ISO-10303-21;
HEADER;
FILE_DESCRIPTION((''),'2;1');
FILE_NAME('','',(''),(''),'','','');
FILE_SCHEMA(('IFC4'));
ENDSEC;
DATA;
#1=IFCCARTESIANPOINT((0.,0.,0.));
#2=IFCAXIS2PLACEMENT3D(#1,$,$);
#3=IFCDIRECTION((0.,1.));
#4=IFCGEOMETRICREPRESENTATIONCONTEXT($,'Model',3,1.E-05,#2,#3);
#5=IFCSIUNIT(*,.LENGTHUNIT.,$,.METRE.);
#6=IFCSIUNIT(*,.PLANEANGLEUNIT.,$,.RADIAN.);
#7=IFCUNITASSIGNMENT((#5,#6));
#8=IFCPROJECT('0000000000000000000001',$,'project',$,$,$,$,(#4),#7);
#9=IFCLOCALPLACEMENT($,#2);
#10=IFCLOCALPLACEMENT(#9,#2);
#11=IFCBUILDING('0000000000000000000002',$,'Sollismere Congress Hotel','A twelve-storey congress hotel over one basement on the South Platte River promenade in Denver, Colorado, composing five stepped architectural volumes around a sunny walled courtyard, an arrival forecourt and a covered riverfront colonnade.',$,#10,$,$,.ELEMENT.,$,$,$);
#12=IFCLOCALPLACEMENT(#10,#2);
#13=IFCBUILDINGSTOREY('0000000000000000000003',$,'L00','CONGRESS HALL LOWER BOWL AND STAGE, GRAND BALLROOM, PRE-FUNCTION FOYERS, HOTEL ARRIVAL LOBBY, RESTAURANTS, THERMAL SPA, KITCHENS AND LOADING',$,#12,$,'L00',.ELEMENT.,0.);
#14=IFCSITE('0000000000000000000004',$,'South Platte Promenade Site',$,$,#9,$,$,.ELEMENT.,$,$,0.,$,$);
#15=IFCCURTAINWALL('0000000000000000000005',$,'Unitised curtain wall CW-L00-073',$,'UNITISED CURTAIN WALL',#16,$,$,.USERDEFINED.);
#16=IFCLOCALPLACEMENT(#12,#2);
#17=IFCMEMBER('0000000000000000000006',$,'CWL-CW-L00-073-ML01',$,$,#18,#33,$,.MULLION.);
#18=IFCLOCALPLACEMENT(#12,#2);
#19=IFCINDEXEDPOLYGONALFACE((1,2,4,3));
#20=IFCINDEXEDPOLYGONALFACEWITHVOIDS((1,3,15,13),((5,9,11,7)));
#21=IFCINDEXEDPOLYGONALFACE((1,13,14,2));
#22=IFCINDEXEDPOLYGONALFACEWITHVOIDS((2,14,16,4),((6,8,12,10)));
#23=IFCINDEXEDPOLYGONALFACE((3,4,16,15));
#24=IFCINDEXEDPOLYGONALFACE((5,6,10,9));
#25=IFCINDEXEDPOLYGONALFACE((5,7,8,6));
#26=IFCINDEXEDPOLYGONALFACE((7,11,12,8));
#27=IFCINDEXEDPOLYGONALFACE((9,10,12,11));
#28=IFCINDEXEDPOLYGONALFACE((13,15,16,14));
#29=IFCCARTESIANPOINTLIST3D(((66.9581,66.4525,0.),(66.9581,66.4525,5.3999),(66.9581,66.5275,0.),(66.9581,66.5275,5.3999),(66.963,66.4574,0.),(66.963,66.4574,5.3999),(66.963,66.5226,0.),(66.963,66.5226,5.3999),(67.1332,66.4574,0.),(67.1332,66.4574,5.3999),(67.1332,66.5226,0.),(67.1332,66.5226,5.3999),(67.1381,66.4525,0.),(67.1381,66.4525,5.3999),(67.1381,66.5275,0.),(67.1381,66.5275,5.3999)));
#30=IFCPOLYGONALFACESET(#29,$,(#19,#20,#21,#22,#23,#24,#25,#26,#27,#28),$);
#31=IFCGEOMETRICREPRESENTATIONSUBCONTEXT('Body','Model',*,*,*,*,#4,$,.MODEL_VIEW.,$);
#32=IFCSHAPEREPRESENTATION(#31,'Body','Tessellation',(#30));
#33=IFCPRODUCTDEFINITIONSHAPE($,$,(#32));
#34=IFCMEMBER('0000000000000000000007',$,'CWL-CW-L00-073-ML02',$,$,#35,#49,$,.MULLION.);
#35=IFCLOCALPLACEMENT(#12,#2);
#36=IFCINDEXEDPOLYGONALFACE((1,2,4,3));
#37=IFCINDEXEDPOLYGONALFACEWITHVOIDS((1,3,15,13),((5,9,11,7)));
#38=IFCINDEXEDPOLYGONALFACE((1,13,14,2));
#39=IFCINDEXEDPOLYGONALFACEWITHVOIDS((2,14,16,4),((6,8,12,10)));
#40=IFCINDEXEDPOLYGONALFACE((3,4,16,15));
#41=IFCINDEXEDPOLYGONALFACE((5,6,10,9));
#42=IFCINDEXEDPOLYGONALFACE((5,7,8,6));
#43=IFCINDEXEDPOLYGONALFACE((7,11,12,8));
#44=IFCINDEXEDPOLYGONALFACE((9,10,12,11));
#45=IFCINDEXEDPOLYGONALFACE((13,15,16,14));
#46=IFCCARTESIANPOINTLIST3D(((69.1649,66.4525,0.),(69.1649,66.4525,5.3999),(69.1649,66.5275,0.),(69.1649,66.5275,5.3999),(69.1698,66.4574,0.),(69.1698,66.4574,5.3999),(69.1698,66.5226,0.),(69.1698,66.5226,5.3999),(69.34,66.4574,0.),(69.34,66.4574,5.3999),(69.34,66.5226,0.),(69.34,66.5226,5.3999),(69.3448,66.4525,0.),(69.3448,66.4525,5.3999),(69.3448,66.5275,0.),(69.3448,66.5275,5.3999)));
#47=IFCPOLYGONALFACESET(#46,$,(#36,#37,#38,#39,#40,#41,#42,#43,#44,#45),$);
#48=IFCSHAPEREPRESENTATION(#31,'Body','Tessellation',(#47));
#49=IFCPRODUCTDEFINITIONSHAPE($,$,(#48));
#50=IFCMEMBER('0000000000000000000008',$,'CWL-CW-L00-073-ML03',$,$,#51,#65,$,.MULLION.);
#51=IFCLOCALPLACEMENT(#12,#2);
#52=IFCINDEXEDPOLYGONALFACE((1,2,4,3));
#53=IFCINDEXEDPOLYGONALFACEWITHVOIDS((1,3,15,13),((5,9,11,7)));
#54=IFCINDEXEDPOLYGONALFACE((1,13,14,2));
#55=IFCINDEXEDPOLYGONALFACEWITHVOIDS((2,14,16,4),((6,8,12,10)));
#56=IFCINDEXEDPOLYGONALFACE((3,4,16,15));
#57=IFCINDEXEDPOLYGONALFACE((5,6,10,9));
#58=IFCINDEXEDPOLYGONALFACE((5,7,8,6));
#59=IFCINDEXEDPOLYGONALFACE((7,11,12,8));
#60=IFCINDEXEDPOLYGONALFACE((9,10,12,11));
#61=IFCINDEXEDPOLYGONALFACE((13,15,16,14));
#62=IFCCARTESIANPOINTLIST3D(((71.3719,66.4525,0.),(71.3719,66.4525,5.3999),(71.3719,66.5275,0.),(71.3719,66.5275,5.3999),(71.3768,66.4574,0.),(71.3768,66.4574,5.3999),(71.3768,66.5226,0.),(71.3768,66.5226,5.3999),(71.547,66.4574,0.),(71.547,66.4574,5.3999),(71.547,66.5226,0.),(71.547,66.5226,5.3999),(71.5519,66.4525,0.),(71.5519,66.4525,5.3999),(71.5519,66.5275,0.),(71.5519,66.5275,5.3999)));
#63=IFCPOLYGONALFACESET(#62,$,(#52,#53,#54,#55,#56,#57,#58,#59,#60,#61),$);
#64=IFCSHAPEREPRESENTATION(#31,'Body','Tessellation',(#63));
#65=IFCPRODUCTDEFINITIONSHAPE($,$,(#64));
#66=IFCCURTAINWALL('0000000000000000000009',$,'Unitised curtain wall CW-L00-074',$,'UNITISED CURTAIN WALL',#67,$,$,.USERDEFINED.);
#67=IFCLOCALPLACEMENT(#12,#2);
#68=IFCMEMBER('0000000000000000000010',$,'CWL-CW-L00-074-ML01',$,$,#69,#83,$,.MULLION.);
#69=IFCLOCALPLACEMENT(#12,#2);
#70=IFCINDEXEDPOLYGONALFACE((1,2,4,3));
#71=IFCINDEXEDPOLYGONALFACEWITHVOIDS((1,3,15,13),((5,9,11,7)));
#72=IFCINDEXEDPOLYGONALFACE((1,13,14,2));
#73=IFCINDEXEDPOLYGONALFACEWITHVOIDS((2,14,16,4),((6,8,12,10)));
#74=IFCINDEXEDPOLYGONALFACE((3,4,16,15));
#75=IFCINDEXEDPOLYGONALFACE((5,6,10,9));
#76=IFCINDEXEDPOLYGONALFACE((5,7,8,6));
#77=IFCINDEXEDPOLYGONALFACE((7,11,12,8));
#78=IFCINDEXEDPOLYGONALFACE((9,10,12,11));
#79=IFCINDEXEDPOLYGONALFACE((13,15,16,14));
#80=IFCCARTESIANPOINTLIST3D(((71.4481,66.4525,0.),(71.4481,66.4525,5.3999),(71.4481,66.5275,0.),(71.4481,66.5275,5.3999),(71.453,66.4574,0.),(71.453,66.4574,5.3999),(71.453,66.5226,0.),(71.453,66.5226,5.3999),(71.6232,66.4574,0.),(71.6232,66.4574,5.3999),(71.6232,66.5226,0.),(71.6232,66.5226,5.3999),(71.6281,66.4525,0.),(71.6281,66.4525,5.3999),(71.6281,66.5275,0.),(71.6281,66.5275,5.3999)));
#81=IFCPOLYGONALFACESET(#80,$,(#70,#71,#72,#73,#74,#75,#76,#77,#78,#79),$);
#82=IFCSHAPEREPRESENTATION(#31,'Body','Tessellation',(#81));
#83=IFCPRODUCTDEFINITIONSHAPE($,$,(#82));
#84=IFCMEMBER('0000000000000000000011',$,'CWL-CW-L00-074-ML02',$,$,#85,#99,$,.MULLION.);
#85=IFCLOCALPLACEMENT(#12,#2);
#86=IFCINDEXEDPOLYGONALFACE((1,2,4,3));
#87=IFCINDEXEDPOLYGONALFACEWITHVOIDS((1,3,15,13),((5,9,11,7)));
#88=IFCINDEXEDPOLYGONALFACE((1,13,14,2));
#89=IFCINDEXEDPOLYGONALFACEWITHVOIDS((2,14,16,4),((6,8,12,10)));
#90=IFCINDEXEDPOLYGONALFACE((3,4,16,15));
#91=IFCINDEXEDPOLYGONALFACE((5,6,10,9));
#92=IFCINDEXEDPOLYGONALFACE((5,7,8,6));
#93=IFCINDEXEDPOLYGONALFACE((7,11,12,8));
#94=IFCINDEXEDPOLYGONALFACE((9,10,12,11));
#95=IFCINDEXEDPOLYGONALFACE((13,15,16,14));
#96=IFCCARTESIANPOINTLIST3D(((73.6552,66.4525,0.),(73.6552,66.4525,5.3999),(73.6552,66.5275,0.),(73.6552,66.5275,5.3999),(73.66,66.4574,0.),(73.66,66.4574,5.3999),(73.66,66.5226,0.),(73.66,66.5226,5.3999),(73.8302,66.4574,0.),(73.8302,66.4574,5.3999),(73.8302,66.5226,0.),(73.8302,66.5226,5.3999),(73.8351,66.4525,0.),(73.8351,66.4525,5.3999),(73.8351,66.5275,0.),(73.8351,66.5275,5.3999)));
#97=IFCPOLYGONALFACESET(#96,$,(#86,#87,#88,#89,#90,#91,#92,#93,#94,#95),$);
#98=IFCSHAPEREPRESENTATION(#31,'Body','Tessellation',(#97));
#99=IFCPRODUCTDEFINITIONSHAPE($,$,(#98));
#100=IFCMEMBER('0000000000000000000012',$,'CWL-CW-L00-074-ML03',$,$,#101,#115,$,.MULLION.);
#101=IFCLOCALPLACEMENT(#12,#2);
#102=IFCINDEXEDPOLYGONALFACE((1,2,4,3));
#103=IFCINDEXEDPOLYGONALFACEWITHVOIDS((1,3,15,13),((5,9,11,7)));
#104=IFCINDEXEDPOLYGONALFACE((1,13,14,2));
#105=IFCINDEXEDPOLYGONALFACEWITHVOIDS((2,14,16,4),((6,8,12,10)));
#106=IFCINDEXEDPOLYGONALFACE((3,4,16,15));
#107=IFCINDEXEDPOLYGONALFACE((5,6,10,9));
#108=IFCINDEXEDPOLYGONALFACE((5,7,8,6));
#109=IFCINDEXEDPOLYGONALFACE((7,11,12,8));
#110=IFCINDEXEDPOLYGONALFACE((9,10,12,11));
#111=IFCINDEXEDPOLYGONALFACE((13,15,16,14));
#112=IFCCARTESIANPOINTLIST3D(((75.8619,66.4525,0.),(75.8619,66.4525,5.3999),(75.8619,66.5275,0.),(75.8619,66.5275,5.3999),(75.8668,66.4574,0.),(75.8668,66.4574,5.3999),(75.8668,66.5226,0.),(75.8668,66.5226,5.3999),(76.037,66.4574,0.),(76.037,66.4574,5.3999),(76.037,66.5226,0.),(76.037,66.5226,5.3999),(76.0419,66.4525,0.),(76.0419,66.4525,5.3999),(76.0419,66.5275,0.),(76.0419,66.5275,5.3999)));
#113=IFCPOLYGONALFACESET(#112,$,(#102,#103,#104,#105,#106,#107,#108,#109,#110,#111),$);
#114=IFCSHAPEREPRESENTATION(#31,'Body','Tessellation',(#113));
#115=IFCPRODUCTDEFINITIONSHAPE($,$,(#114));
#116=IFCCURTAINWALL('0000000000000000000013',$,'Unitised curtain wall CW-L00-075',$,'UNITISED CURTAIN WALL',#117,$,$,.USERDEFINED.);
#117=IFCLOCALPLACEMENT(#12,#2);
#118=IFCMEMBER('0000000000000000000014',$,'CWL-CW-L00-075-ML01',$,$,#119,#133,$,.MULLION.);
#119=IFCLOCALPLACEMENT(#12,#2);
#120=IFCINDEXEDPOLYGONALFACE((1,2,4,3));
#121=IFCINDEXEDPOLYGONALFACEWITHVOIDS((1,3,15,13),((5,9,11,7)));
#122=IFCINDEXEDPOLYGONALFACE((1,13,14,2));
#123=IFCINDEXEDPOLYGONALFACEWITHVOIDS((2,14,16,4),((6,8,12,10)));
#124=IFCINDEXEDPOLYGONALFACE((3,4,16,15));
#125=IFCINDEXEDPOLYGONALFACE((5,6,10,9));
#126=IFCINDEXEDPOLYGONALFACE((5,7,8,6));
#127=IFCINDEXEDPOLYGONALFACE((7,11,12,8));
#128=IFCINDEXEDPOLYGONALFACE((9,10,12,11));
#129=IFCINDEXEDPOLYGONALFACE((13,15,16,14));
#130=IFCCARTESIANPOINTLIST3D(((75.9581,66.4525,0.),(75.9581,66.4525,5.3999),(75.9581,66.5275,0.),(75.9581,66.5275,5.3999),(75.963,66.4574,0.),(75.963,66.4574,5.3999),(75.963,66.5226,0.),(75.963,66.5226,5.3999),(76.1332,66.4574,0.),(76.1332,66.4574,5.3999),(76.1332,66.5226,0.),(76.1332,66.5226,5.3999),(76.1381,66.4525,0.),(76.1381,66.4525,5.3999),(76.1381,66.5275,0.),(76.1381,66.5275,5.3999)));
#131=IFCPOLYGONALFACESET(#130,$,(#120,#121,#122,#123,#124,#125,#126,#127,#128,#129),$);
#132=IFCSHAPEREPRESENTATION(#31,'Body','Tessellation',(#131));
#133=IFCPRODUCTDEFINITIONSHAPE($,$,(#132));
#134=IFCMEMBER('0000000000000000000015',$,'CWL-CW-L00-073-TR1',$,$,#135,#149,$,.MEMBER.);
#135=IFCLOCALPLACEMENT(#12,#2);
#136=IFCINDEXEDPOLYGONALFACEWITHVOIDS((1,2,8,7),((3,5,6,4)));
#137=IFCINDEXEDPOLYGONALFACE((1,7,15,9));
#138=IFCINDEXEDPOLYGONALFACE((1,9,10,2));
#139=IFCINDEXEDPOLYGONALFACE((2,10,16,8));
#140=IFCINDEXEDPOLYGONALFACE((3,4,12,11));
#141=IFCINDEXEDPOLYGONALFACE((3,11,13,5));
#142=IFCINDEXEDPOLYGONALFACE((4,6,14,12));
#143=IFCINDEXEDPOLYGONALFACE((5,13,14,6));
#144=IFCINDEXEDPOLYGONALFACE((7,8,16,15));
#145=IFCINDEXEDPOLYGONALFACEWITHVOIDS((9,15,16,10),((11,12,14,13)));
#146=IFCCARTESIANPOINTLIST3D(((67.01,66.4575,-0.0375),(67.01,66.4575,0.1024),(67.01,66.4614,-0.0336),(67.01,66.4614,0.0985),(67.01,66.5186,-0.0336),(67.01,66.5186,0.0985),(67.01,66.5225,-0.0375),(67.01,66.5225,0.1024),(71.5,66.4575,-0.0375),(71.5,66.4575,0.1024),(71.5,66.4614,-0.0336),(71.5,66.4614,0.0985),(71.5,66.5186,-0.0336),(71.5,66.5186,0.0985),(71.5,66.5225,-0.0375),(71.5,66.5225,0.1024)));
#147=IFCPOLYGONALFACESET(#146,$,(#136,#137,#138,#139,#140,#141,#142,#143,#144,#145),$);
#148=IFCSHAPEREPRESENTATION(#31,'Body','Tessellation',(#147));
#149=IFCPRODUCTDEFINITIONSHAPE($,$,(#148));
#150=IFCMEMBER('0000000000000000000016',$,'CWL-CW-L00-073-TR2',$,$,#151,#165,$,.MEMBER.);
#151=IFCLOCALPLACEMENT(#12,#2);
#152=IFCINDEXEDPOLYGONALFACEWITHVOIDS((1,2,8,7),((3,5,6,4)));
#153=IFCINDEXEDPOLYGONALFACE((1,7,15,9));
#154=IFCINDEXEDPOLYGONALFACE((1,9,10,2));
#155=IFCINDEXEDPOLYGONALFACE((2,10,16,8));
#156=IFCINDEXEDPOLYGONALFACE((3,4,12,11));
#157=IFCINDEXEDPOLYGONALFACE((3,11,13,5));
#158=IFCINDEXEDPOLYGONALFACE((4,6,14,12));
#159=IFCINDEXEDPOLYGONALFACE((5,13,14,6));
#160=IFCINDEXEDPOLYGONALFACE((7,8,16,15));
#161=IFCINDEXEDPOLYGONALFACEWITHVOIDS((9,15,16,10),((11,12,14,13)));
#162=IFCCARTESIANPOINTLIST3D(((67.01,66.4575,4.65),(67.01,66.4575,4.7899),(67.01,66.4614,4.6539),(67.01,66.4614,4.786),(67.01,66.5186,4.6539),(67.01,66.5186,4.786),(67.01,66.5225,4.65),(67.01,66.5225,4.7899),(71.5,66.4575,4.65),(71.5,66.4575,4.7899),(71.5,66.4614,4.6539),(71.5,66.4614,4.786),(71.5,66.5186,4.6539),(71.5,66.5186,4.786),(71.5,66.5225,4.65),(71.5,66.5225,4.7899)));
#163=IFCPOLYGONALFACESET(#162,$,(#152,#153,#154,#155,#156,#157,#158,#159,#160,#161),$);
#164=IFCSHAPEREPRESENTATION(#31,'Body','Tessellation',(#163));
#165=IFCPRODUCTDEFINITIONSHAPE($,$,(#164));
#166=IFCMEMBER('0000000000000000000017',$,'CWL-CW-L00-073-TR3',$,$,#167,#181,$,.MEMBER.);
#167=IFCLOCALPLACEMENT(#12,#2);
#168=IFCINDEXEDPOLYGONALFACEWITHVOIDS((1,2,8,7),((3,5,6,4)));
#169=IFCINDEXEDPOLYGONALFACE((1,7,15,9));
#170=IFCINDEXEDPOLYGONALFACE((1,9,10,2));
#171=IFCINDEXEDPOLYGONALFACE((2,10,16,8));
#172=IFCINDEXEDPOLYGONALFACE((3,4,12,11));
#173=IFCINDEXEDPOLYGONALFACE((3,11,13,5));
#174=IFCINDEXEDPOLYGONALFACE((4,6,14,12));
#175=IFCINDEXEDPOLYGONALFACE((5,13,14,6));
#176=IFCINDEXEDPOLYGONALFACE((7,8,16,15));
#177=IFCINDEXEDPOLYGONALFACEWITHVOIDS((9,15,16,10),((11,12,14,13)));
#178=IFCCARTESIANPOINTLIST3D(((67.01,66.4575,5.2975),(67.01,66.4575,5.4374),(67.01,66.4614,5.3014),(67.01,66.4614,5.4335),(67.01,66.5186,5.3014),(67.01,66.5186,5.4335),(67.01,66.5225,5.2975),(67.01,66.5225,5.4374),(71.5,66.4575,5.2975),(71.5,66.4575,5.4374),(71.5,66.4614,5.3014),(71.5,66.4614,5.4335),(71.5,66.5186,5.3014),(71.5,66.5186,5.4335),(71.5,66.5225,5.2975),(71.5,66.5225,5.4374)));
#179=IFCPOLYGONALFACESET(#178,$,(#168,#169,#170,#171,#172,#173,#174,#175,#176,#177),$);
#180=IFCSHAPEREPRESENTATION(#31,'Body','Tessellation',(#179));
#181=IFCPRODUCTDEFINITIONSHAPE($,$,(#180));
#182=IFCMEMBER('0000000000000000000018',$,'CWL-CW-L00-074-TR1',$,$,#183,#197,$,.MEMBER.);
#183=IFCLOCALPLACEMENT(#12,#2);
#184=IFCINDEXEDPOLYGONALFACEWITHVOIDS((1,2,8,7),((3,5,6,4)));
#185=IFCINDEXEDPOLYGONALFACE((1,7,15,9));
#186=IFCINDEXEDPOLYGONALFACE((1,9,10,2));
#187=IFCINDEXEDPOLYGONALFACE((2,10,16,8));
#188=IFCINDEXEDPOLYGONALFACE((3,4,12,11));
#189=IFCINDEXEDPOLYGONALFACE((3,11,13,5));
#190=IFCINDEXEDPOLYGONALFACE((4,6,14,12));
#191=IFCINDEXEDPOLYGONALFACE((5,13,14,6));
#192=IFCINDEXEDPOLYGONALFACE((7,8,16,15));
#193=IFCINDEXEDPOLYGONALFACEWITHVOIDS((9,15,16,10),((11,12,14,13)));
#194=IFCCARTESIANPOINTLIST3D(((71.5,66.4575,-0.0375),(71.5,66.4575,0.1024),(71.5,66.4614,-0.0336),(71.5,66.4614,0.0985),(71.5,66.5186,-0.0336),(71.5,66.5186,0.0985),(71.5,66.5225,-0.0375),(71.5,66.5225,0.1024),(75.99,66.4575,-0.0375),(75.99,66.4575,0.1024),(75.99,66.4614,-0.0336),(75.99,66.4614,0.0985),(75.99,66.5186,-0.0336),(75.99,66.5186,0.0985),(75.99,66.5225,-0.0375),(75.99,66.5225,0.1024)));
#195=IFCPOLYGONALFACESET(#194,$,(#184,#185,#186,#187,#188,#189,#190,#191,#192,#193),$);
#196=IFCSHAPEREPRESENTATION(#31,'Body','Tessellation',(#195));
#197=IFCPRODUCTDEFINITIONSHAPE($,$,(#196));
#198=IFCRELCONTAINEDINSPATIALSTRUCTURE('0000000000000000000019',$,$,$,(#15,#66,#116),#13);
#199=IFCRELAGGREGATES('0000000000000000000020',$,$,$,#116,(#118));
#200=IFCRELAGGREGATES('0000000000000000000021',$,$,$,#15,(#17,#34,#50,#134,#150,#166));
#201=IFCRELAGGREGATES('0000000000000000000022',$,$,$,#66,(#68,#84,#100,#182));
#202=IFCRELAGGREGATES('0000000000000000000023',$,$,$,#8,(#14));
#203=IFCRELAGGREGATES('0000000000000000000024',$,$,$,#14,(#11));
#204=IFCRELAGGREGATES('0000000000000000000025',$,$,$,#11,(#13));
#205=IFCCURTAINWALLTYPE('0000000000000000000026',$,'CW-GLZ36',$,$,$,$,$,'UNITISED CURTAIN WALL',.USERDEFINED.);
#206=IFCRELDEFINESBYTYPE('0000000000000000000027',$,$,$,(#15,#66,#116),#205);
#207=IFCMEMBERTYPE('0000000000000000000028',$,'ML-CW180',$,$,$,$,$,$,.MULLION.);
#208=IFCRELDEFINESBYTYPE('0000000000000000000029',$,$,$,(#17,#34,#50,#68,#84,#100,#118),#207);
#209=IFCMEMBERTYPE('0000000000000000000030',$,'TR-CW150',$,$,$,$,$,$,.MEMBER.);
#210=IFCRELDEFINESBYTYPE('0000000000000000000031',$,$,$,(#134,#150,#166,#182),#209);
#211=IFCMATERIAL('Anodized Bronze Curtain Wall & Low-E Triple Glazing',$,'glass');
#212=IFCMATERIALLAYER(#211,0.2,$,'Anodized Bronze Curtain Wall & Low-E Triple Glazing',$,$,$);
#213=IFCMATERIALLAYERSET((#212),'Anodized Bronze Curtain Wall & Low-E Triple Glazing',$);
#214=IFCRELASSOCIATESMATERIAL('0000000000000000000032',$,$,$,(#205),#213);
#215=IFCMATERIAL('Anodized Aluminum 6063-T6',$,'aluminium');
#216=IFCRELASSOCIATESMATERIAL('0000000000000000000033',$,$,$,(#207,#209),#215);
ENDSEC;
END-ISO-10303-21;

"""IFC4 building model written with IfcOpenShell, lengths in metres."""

from ifc_helpers import new_model, si_unit, direction, frame, origin, origin_2d, place, context, subcontext, project, spatial, hollow_rectangle, extrude, material, layer, layer_set, material_profile, profile_set, type_object, element, aggregate, save


model = new_model("IFC4")

# Units and contexts
model_context = context("Model", 3, precision=1e-05, world=origin(), true_north=direction((0.0, 1.0)))
body_context = subcontext(model_context, "Body", "Model", "MODEL_VIEW")
ifc_project = project(units=[si_unit("LENGTHUNIT", "METRE"), si_unit("PLANEANGLEUNIT", "RADIAN")], contexts=[model_context])

# Site, building, storey
site_placement = place(None, origin())
site = spatial("IfcSite", under=ifc_project, at=site_placement, Name="South Platte Promenade Site", CompositionType="ELEMENT", RefElevation=0.0)
building_placement = place(site_placement, origin())
building = spatial("IfcBuilding", under=site, at=building_placement, Name="Sollismere Congress Hotel", Description="A twelve-storey congress hotel over one basement on the South Platte River promenade in Denver, Colorado, composing five stepped architectural volumes around a sunny walled courtyard, an arrival forecourt and a covered riverfront colonnade.", CompositionType="ELEMENT")
storey_placement = place(building_placement, origin())
storey = spatial("IfcBuildingStorey", under=building, at=storey_placement, Name="L00", Description="CONGRESS HALL LOWER BOWL AND STAGE, GRAND BALLROOM, PRE-FUNCTION FOYERS, HOTEL ARRIVAL LOBBY, RESTAURANTS, THERMAL SPA, KITCHENS AND LOADING", LongName="L00", CompositionType="ELEMENT", Elevation=0.0)

# Curtain walls, members
ifc_material_1 = material(Name="Anodized Bronze Curtain Wall & Low-E Triple Glazing", Category="glass")
ifc_layer_1 = layer(ifc_material_1, 0.2, Name="Anodized Bronze Curtain Wall & Low-E Triple Glazing")
ifc_layer_set_1 = layer_set([ifc_layer_1], Name="Anodized Bronze Curtain Wall & Low-E Triple Glazing")
curtain_wall_type = type_object("IfcCurtainWallType", Name="CW-GLZ36", ElementType="UNITISED CURTAIN WALL", PredefinedType="USERDEFINED", material=ifc_layer_set_1)
curtain_wall_1_placement = place(storey_placement, origin())
curtain_wall_1 = element("IfcCurtainWall", 1, at=curtain_wall_1_placement, inside=storey, type_object=curtain_wall_type, Name="Unitised curtain wall CW-L00-073", ObjectType="UNITISED CURTAIN WALL", PredefinedType="USERDEFINED")
ifc_material_2 = material(Name="Anodized Aluminum 6063-T6", Category="aluminium")
ifc_material_profile_1 = material_profile(ifc_material_2, hollow_rectangle(XDim=0.075, YDim=0.1799, WallThickness=0.0049, at=origin_2d()), Name="ALU180X75X5")
ifc_profile_set_1 = profile_set([ifc_material_profile_1], Name="Anodized Aluminum 6063-T6")
member_type_1 = type_object("IfcMemberType", Name="ML-CW180", PredefinedType="MULLION", material=ifc_profile_set_1)
member_1_placement = place(storey_placement, frame((67.0481, 66.49, 0.0), z_axis=(0.0, 0.0, 1.0), x_axis=(0.0, 1.0, 0.0)))
member_1 = element("IfcMember", 2, at=member_1_placement, type_object=member_type_1, Name="CWL-CW-L00-073-ML01", PredefinedType="MULLION", context=body_context, shape_type="SweptSolid", body=[
    extrude(hollow_rectangle(XDim=0.075, YDim=0.1799, WallThickness=0.0049, at=origin_2d()), origin(), (0.0, 0.0, 1.0), 5.3999),
])
member_2_placement = place(storey_placement, frame((69.2549, 66.49, 0.0), z_axis=(0.0, 0.0, 1.0), x_axis=(0.0, 1.0, 0.0)))
member_2 = element("IfcMember", 3, at=member_2_placement, type_object=member_type_1, Name="CWL-CW-L00-073-ML02", PredefinedType="MULLION", context=body_context, shape_type="SweptSolid", body=[
    extrude(hollow_rectangle(XDim=0.075, YDim=0.1799, WallThickness=0.0049, at=origin_2d()), origin(), (0.0, 0.0, 1.0), 5.3999),
])
member_3_placement = place(storey_placement, frame((71.4619, 66.49, 0.0), z_axis=(0.0, 0.0, 1.0), x_axis=(0.0, 1.0, 0.0)))
member_3 = element("IfcMember", 4, at=member_3_placement, type_object=member_type_1, Name="CWL-CW-L00-073-ML03", PredefinedType="MULLION", context=body_context, shape_type="SweptSolid", body=[
    extrude(hollow_rectangle(XDim=0.075, YDim=0.1799, WallThickness=0.0049, at=origin_2d()), origin(), (0.0, 0.0, 1.0), 5.3999),
])
curtain_wall_2_placement = place(storey_placement, origin())
curtain_wall_2 = element("IfcCurtainWall", 5, at=curtain_wall_2_placement, inside=storey, type_object=curtain_wall_type, Name="Unitised curtain wall CW-L00-074", ObjectType="UNITISED CURTAIN WALL", PredefinedType="USERDEFINED")
member_4_placement = place(storey_placement, frame((71.5381, 66.49, 0.0), z_axis=(0.0, 0.0, 1.0), x_axis=(0.0, 1.0, 0.0)))
member_4 = element("IfcMember", 6, at=member_4_placement, type_object=member_type_1, Name="CWL-CW-L00-074-ML01", PredefinedType="MULLION", context=body_context, shape_type="SweptSolid", body=[
    extrude(hollow_rectangle(XDim=0.075, YDim=0.1799, WallThickness=0.0049, at=origin_2d()), origin(), (0.0, 0.0, 1.0), 5.3999),
])
member_5_placement = place(storey_placement, frame((73.7451, 66.49, 0.0), z_axis=(0.0, 0.0, 1.0), x_axis=(0.0, 1.0, 0.0)))
member_5 = element("IfcMember", 7, at=member_5_placement, type_object=member_type_1, Name="CWL-CW-L00-074-ML02", PredefinedType="MULLION", context=body_context, shape_type="SweptSolid", body=[
    extrude(hollow_rectangle(XDim=0.075, YDim=0.1799, WallThickness=0.0049, at=origin_2d()), origin(), (0.0, 0.0, 1.0), 5.3999),
])
member_6_placement = place(storey_placement, frame((75.9519, 66.49, 0.0), z_axis=(0.0, 0.0, 1.0), x_axis=(0.0, 1.0, 0.0)))
member_6 = element("IfcMember", 8, at=member_6_placement, type_object=member_type_1, Name="CWL-CW-L00-074-ML03", PredefinedType="MULLION", context=body_context, shape_type="SweptSolid", body=[
    extrude(hollow_rectangle(XDim=0.075, YDim=0.1799, WallThickness=0.0049, at=origin_2d()), origin(), (0.0, 0.0, 1.0), 5.3999),
])

# Curtain wall, member
curtain_wall_3_placement = place(storey_placement, origin())
curtain_wall_3 = element("IfcCurtainWall", 9, at=curtain_wall_3_placement, inside=storey, type_object=curtain_wall_type, Name="Unitised curtain wall CW-L00-075", ObjectType="UNITISED CURTAIN WALL", PredefinedType="USERDEFINED")
member_7_placement = place(storey_placement, frame((76.0481, 66.49, 0.0), z_axis=(0.0, 0.0, 1.0), x_axis=(0.0, 1.0, 0.0)))
member_7 = element("IfcMember", 10, at=member_7_placement, type_object=member_type_1, Name="CWL-CW-L00-075-ML01", PredefinedType="MULLION", context=body_context, shape_type="SweptSolid", body=[
    extrude(hollow_rectangle(XDim=0.075, YDim=0.1799, WallThickness=0.0049, at=origin_2d()), origin(), (0.0, 0.0, 1.0), 5.3999),
])

# Members
ifc_material_profile_2 = material_profile(ifc_material_2, hollow_rectangle(XDim=0.0649, YDim=0.1399, WallThickness=0.0039, at=origin_2d()), Name="ALU140X65X4")
ifc_profile_set_2 = profile_set([ifc_material_profile_2], Name="Anodized Aluminum 6063-T6")
member_type_2 = type_object("IfcMemberType", Name="TR-CW150", PredefinedType="MEMBER", material=ifc_profile_set_2)
member_8_placement = place(storey_placement, frame((67.01, 66.49, 0.0325), z_axis=(1.0, 0.0, 0.0), x_axis=(0.0, 1.0, 0.0)))
member_8 = element("IfcMember", 11, at=member_8_placement, type_object=member_type_2, Name="CWL-CW-L00-073-TR1", PredefinedType="MEMBER", context=body_context, shape_type="SweptSolid", body=[
    extrude(hollow_rectangle(XDim=0.0649, YDim=0.1399, WallThickness=0.0039, at=origin_2d()), origin(), (0.0, 0.0, 1.0), 4.49),
])
member_9_placement = place(storey_placement, frame((67.01, 66.49, 4.72), z_axis=(1.0, 0.0, 0.0), x_axis=(0.0, 1.0, 0.0)))
member_9 = element("IfcMember", 12, at=member_9_placement, type_object=member_type_2, Name="CWL-CW-L00-073-TR2", PredefinedType="MEMBER", context=body_context, shape_type="SweptSolid", body=[
    extrude(hollow_rectangle(XDim=0.0649, YDim=0.1399, WallThickness=0.0039, at=origin_2d()), origin(), (0.0, 0.0, 1.0), 4.49),
])
member_10_placement = place(storey_placement, frame((67.01, 66.49, 5.3674), z_axis=(1.0, 0.0, 0.0), x_axis=(0.0, 1.0, 0.0)))
member_10 = element("IfcMember", 13, at=member_10_placement, type_object=member_type_2, Name="CWL-CW-L00-073-TR3", PredefinedType="MEMBER", context=body_context, shape_type="SweptSolid", body=[
    extrude(hollow_rectangle(XDim=0.0649, YDim=0.1399, WallThickness=0.0039, at=origin_2d()), origin(), (0.0, 0.0, 1.0), 4.49),
])
member_11_placement = place(storey_placement, frame((71.5, 66.49, 0.0325), z_axis=(1.0, 0.0, 0.0), x_axis=(0.0, 1.0, 0.0)))
member_11 = element("IfcMember", 14, at=member_11_placement, type_object=member_type_2, Name="CWL-CW-L00-074-TR1", PredefinedType="MEMBER", context=body_context, shape_type="SweptSolid", body=[
    extrude(hollow_rectangle(XDim=0.0649, YDim=0.1399, WallThickness=0.0039, at=origin_2d()), origin(), (0.0, 0.0, 1.0), 4.49),
])
aggregate(curtain_wall_3, [member_7])

aggregate(curtain_wall_1, [member_1, member_2, member_3, member_8, member_9, member_10])
aggregate(curtain_wall_2, [member_4, member_5, member_6, member_11])

save(model, "model.ifc")
